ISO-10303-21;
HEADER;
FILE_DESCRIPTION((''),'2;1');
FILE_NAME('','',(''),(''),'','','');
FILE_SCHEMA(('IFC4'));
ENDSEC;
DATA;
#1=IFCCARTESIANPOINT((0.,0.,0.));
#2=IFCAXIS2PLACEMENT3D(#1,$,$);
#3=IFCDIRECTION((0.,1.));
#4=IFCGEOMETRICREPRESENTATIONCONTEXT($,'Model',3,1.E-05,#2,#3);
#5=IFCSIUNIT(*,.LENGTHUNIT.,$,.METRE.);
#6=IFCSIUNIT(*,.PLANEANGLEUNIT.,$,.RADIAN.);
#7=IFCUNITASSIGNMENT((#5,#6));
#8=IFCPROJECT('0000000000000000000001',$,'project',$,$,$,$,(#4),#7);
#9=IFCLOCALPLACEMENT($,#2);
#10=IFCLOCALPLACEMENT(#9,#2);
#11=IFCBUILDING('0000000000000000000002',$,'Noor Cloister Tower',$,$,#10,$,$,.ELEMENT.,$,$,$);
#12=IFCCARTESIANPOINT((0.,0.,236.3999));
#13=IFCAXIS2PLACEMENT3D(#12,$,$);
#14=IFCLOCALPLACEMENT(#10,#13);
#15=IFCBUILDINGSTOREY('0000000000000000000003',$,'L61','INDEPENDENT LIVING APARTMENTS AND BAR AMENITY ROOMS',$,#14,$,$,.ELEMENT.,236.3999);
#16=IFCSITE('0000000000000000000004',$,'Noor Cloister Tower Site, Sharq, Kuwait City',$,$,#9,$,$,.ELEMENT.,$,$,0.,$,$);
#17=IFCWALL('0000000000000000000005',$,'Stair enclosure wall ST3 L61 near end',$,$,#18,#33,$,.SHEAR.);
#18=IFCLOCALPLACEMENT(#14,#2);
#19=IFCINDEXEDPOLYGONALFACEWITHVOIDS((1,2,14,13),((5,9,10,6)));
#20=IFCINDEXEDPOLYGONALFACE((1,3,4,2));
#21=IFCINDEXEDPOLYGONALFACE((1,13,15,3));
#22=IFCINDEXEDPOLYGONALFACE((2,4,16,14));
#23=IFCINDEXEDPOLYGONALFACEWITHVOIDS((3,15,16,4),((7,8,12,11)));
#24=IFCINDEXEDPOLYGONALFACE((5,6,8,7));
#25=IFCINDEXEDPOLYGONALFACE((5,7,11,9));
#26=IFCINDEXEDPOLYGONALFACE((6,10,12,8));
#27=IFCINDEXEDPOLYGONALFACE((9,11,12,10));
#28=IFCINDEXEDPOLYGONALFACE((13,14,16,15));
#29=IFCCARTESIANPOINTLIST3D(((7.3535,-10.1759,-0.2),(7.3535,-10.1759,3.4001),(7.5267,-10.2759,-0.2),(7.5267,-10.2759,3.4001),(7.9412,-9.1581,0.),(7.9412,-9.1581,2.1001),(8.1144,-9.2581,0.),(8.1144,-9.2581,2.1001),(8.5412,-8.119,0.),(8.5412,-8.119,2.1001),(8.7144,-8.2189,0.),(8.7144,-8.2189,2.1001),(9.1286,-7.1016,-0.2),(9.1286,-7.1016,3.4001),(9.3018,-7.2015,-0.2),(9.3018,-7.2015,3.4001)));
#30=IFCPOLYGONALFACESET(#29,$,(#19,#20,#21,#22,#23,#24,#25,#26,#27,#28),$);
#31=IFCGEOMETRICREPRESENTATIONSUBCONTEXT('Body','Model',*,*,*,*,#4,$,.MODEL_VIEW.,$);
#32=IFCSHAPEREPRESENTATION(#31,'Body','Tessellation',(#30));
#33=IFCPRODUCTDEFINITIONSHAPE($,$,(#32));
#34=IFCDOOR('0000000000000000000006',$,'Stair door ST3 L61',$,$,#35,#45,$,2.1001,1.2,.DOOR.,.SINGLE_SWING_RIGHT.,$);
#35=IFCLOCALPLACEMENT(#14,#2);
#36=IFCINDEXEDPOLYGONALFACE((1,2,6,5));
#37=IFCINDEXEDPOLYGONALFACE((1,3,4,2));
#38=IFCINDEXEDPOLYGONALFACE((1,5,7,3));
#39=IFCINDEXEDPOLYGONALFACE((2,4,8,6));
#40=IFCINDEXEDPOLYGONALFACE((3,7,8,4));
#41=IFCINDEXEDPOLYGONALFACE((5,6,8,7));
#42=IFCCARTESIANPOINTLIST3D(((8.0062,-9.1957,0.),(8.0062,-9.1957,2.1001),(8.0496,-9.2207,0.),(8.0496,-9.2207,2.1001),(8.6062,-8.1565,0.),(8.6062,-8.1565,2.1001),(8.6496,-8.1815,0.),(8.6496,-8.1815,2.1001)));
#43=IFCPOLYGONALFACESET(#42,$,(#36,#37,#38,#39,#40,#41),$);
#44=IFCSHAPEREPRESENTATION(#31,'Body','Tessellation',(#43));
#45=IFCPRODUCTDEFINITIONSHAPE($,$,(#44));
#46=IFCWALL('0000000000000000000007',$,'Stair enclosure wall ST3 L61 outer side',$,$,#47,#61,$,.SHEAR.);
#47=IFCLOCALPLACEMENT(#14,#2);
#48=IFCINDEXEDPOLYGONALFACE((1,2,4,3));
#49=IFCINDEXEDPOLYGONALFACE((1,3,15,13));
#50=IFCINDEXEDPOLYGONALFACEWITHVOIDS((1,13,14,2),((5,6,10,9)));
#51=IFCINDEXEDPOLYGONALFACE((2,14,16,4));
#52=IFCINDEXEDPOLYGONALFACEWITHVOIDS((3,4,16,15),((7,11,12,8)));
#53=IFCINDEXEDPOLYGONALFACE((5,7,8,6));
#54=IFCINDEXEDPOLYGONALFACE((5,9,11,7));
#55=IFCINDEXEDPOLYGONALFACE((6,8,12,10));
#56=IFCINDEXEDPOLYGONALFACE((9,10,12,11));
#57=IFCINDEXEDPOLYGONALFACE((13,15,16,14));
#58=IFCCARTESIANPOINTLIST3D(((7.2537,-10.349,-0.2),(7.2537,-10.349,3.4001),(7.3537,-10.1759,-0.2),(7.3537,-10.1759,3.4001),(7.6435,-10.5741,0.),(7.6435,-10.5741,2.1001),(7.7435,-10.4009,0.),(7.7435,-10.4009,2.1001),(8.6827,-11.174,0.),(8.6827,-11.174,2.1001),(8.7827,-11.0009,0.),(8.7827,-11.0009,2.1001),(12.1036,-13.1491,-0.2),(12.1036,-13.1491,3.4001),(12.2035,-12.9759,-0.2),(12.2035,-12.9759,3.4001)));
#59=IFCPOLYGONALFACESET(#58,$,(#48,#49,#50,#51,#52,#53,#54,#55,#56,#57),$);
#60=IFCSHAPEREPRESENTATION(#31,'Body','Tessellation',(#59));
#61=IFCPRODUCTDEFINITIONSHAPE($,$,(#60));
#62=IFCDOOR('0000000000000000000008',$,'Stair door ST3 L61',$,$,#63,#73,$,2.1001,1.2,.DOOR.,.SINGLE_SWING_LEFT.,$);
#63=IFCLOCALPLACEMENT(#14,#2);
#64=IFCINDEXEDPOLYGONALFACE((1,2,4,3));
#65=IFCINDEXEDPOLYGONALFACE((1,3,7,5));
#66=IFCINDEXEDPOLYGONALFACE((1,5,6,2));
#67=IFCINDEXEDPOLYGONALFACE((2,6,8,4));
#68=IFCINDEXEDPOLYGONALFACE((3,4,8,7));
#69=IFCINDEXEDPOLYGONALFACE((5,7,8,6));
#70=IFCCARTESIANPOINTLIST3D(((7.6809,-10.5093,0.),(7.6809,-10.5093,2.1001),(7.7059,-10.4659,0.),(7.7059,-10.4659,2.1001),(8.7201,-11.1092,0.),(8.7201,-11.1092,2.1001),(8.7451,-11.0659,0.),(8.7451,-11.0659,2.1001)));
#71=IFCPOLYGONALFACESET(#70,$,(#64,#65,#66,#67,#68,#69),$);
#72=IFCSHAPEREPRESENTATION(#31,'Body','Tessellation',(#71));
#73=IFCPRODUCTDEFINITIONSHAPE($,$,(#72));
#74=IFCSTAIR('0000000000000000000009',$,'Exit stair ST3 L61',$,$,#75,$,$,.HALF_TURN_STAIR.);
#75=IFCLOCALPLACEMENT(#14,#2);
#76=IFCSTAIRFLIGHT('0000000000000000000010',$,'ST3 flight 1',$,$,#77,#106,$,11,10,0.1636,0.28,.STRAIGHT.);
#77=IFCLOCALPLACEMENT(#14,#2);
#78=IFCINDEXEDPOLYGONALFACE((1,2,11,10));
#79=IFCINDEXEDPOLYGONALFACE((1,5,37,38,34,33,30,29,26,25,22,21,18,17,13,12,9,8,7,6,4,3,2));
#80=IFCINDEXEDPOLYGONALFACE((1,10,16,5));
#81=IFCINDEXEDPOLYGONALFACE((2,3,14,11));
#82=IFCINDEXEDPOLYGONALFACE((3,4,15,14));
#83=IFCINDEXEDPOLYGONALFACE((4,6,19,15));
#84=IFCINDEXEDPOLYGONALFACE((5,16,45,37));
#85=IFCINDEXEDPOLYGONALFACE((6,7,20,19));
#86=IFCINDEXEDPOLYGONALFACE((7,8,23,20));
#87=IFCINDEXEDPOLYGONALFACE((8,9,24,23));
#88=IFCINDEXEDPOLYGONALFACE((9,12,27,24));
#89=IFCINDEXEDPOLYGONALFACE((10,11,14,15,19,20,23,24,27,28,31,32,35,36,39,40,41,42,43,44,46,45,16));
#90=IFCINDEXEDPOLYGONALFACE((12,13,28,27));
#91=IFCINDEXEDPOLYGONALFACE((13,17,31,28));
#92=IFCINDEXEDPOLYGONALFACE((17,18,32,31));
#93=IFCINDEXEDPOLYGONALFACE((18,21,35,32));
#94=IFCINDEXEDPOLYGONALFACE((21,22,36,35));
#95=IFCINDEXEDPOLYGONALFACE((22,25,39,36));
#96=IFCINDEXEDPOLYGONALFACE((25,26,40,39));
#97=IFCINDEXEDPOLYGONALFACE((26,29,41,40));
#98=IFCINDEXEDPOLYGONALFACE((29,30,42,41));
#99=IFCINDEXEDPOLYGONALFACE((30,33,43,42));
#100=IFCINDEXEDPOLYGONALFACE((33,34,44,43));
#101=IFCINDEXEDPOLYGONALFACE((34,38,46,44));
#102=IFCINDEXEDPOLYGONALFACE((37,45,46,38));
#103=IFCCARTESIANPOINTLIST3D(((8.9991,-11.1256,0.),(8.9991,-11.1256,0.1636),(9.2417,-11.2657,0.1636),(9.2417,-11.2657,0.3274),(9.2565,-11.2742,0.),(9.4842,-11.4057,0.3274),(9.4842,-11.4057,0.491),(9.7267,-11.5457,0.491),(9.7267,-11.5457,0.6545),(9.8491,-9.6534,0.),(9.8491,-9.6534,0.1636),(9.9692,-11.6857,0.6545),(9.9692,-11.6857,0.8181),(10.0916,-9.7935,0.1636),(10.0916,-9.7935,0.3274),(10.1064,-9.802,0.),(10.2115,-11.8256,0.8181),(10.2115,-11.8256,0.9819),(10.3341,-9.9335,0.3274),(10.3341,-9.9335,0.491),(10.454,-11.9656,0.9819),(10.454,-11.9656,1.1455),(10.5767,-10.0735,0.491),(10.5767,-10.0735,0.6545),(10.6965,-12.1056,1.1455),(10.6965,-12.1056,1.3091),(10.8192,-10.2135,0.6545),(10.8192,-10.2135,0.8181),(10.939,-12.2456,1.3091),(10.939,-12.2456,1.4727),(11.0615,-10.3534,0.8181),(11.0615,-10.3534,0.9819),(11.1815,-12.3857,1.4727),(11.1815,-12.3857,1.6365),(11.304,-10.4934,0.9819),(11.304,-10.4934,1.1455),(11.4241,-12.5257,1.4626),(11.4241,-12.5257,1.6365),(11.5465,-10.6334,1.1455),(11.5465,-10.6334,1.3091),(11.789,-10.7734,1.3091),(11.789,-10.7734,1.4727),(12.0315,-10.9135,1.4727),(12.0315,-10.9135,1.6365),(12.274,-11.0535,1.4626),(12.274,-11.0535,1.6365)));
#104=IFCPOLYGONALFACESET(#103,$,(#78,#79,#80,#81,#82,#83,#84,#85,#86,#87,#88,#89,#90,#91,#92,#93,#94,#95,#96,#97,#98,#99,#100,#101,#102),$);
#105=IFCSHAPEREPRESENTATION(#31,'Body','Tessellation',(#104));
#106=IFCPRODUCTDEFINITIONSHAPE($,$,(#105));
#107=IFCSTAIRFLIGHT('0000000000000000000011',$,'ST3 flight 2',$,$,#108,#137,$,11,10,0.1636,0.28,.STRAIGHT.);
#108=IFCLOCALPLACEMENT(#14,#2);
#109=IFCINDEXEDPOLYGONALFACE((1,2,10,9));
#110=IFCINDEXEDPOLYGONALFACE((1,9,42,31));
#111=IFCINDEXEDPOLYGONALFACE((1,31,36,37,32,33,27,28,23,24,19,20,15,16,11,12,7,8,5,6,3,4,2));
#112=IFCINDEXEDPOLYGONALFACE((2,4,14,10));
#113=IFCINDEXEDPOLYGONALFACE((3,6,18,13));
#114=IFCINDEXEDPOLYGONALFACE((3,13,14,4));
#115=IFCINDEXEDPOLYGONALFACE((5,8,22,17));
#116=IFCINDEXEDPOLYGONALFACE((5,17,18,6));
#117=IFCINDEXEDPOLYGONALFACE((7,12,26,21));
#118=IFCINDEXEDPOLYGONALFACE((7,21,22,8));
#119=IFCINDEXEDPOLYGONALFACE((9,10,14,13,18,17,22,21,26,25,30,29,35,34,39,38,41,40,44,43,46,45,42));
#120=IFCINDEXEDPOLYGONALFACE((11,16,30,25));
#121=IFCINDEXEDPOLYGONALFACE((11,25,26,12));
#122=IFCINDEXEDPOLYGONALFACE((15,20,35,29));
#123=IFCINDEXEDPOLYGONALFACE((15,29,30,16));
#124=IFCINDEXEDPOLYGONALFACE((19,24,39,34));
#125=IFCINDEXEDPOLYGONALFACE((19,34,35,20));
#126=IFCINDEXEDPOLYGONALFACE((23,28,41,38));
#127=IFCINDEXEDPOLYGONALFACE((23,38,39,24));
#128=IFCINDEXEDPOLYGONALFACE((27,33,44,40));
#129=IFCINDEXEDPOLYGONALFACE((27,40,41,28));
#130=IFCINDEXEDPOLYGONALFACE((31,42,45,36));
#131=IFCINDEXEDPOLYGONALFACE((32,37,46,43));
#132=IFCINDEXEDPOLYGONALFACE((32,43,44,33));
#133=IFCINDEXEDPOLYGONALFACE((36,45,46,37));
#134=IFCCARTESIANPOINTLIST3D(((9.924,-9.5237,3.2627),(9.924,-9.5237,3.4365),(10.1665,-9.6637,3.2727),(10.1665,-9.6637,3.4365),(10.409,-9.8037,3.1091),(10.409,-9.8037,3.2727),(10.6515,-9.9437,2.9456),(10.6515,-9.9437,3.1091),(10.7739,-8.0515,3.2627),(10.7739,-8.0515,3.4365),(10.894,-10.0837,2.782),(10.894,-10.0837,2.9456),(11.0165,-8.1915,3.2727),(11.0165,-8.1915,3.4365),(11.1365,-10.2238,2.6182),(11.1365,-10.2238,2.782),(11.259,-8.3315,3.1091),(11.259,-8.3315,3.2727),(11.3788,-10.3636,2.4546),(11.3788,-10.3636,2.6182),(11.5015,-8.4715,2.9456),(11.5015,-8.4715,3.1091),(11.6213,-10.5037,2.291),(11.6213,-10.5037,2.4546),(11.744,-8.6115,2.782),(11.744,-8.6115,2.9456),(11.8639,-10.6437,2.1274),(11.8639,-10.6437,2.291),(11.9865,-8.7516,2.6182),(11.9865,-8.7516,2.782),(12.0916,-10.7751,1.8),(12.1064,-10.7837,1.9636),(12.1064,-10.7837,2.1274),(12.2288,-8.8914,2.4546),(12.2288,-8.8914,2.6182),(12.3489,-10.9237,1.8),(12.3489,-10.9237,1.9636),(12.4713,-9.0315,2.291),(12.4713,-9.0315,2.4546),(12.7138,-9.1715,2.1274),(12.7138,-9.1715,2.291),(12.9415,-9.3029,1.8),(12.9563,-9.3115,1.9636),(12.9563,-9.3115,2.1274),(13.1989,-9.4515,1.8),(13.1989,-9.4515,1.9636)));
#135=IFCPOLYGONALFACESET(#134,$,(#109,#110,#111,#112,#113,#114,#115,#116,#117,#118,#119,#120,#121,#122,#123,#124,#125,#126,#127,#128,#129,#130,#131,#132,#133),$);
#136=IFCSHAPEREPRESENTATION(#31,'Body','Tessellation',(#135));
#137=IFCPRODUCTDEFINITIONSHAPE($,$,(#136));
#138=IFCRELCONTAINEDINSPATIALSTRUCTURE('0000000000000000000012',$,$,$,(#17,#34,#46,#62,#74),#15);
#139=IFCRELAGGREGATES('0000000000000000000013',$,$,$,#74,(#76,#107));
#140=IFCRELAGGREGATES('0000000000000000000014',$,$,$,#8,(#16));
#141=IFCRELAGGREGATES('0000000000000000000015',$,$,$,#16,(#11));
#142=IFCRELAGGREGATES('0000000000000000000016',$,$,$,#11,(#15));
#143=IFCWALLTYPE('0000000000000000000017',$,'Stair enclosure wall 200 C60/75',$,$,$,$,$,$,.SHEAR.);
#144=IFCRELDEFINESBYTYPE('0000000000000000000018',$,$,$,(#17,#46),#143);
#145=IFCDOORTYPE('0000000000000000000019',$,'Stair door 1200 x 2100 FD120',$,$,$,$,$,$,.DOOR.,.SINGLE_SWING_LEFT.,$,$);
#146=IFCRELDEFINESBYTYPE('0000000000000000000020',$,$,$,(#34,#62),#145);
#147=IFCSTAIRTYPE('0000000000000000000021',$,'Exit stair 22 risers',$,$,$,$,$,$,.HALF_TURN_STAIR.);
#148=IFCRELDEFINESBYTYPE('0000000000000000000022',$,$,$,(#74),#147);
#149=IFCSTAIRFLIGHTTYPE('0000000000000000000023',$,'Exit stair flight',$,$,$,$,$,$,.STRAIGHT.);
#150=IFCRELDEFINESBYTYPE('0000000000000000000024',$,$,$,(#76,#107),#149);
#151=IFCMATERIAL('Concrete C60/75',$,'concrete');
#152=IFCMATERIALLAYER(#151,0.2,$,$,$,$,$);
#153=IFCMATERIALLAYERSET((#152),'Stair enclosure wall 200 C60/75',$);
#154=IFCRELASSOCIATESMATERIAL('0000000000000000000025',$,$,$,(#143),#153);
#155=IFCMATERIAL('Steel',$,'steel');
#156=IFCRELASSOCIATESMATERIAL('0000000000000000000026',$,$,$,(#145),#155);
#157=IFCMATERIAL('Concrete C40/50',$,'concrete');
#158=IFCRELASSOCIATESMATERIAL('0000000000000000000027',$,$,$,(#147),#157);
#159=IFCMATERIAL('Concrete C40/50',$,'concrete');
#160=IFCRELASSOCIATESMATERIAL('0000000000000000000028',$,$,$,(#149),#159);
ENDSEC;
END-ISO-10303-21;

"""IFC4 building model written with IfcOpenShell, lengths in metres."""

from ifc_helpers import new_model, si_unit, direction, frame, frame_2d, origin, place, context, subcontext, project, spatial, polyline, rectangle, outline, extrude, material, layer, layer_set, type_object, element, fill, aggregate, save


model = new_model("IFC4")

# Units and contexts
model_context = context("Model", 3, precision=1e-05, world=origin(), true_north=direction((0.0, 1.0)))
body_context = subcontext(model_context, "Body", "Model", "MODEL_VIEW")
ifc_project = project(units=[si_unit("LENGTHUNIT", "METRE"), si_unit("PLANEANGLEUNIT", "RADIAN")], contexts=[model_context])

# Site, building, storey
site_placement = place(None, origin())
site = spatial("IfcSite", under=ifc_project, at=site_placement, Name="Noor Cloister Tower Site, Sharq, Kuwait City", CompositionType="ELEMENT", RefElevation=0.0)
building_placement = place(site_placement, origin())
building = spatial("IfcBuilding", under=site, at=building_placement, Name="Noor Cloister Tower", CompositionType="ELEMENT")
storey_placement = place(building_placement, frame((0.0, 0.0, 236.3999)))
storey = spatial("IfcBuildingStorey", under=building, at=storey_placement, Name="L61", Description="INDEPENDENT LIVING APARTMENTS AND BAR AMENITY ROOMS", CompositionType="ELEMENT", Elevation=236.3999)

# Walls, openings, doors
ifc_material_1 = material(Name="Concrete C60/75", Category="concrete")
ifc_layer_1 = layer(ifc_material_1, 0.2)
ifc_layer_set_1 = layer_set([ifc_layer_1], Name="Stair enclosure wall 200 C60/75")
wall_type_1 = type_object("IfcWallType", Name="Stair enclosure wall 200 C60/75", PredefinedType="SHEAR", material=ifc_layer_set_1)
wall_1_placement = place(storey_placement, frame((7.4402, -10.2258, -0.2), z_axis=(0.0, 0.0, 1.0), x_axis=(0.500022, 0.866013, 0.0)))
wall_1 = element("IfcWall", 1, at=wall_1_placement, inside=storey, type_object=wall_type_1, Name="Stair enclosure wall ST3 L61 near end", PredefinedType="SHEAR", context=body_context, shape_type="SweptSolid", body=[
    extrude(rectangle(XDim=3.55, YDim=0.2, at=frame_2d((1.7749, 0.0))), origin(), (0.0, 0.0, 1.0), 3.6001),
])
opening_1_placement = place(wall_1_placement, frame((1.175, 0.0, 0.2)))
opening_1 = element("IfcOpeningElement", 2, at=opening_1_placement, cuts=wall_1, PredefinedType="OPENING", context=body_context, shape_type="SweptSolid", body=[
    extrude(rectangle(XDim=1.2, YDim=2.1001, at=frame_2d((0.6001, 1.05))), frame((0.0, 0.1099, 0.0), z_axis=(0.0, -1.0, 0.0), x_axis=(1.0, 0.0, 0.0)), (0.0, 0.0, 1.0), 0.22),
])
ifc_material_2 = material(Name="Steel", Category="steel")
door_type_1 = type_object("IfcDoorType", Name="Stair door 1200 x 2100 FD120", OperationType="SINGLE_SWING_LEFT", PredefinedType="DOOR", material=ifc_material_2)
door_1_placement = place(opening_1_placement, origin())
door_1 = element("IfcDoor", 3, at=door_1_placement, inside=storey, type_object=door_type_1, Name="Stair door ST3 L61", OperationType="SINGLE_SWING_RIGHT", OverallHeight=2.1001, OverallWidth=1.2, PredefinedType="DOOR", context=body_context, shape_type="SweptSolid", body=[
    extrude(rectangle(XDim=1.2, YDim=2.1001, at=frame_2d((0.6001, 1.05))), frame((0.0, 0.0249, 0.0), z_axis=(0.0, -1.0, 0.0), x_axis=(1.0, 0.0, 0.0)), (0.0, 0.0, 1.0), 0.05),
])
fill(opening_1, door_1)
wall_2_placement = place(storey_placement, frame((7.3037, -10.2625, -0.2), z_axis=(0.0, 0.0, 1.0), x_axis=(0.866027, -0.499998, 0.0)))
wall_2 = element("IfcWall", 4, at=wall_2_placement, inside=storey, type_object=wall_type_1, Name="Stair enclosure wall ST3 L61 outer side", PredefinedType="SHEAR", context=body_context, shape_type="SweptSolid", body=[
    extrude(rectangle(XDim=5.6001, YDim=0.2, at=frame_2d((2.8, 0.0))), origin(), (0.0, 0.0, 1.0), 3.6001),
])
opening_2_placement = place(wall_2_placement, frame((0.45, 0.0, 0.2)))
opening_2 = element("IfcOpeningElement", 5, at=opening_2_placement, cuts=wall_2, PredefinedType="OPENING", context=body_context, shape_type="SweptSolid", body=[
    extrude(rectangle(XDim=1.2, YDim=2.1001, at=frame_2d((0.6001, 1.05))), frame((0.0, 0.1099, 0.0), z_axis=(0.0, -1.0, 0.0), x_axis=(1.0, 0.0, 0.0)), (0.0, 0.0, 1.0), 0.22),
])
door_2_placement = place(opening_2_placement, origin())
door_2 = element("IfcDoor", 6, at=door_2_placement, inside=storey, type_object=door_type_1, Name="Stair door ST3 L61", OperationType="SINGLE_SWING_LEFT", OverallHeight=2.1001, OverallWidth=1.2, PredefinedType="DOOR", context=body_context, shape_type="SweptSolid", body=[
    extrude(rectangle(XDim=1.2, YDim=2.1001, at=frame_2d((0.6001, 1.05))), frame((0.0, 0.0249, 0.0), z_axis=(0.0, -1.0, 0.0), x_axis=(1.0, 0.0, 0.0)), (0.0, 0.0, 1.0), 0.05),
])
fill(opening_2, door_2)

# Stair, stair flights
ifc_material_3 = material(Name="Concrete C40/50", Category="concrete")
stair_type = type_object("IfcStairType", Name="Exit stair 22 risers", PredefinedType="HALF_TURN_STAIR", material=ifc_material_3)
stair_placement = place(storey_placement, origin())
stair = element("IfcStair", 7, at=stair_placement, inside=storey, type_object=stair_type, Name="Exit stair ST3 L61", PredefinedType="HALF_TURN_STAIR")
ifc_material_4 = material(Name="Concrete C40/50", Category="concrete")
stair_flight_type = type_object("IfcStairFlightType", Name="Exit stair flight", PredefinedType="STRAIGHT", material=ifc_material_4)
stair_flight_1_placement = place(storey_placement, frame((9.4241, -10.3896, 0.0), z_axis=(0.0, 0.0, 1.0), x_axis=(0.866025, -0.5, 0.0)))
stair_flight_1 = element("IfcStairFlight", 8, at=stair_flight_1_placement, type_object=stair_flight_type, Name="ST3 flight 1", NumberOfRisers=11, NumberOfTreads=10, PredefinedType="STRAIGHT", RiserHeight=0.1636, TreadLength=0.28, context=body_context, shape_type="SweptSolid", body=[
    extrude(outline(polyline([(0.0, 0.0), (0.0, 0.1636), (0.28, 0.1636), (0.28, 0.3274), (0.5601, 0.3274), (0.5601, 0.491), (0.8401, 0.491), (0.8401, 0.6545), (1.1201, 0.6545), (1.1201, 0.8181), (1.3999, 0.8181), (1.3999, 0.9819), (1.6799, 0.9819), (1.6799, 1.1455), (1.96, 1.1455), (1.96, 1.3091), (2.24, 1.3091), (2.24, 1.4727), (2.52, 1.4727), (2.52, 1.6365), (2.8, 1.6365), (2.8, 1.8), (2.8, 1.4626), (0.2971, 0.0), (0.0, 0.0)])), frame((0.0, 0.8501, 0.0), z_axis=(0.0, -1.0, 0.0), x_axis=(1.0, 0.0, 0.0)), (0.0, 0.0, 1.0), 1.7),
])
stair_flight_2_placement = place(storey_placement, frame((12.7739, -10.1875, 1.8), z_axis=(0.0, 0.0, 1.0), x_axis=(-0.866025, 0.5, 0.0)))
stair_flight_2 = element("IfcStairFlight", 9, at=stair_flight_2_placement, type_object=stair_flight_type, Name="ST3 flight 2", NumberOfRisers=11, NumberOfTreads=10, PredefinedType="STRAIGHT", RiserHeight=0.1636, TreadLength=0.28, context=body_context, shape_type="SweptSolid", body=[
    extrude(outline(polyline([(0.0, 0.0), (0.0, 0.1636), (0.28, 0.1636), (0.28, 0.3274), (0.5601, 0.3274), (0.5601, 0.491), (0.8401, 0.491), (0.8401, 0.6545), (1.1201, 0.6545), (1.1201, 0.8181), (1.3999, 0.8181), (1.3999, 0.9819), (1.6799, 0.9819), (1.6799, 1.1455), (1.96, 1.1455), (1.96, 1.3091), (2.24, 1.3091), (2.24, 1.4727), (2.52, 1.4727), (2.52, 1.6365), (2.8, 1.6365), (2.8, 1.8), (2.8, 1.4626), (0.2971, 0.0), (0.0, 0.0)])), frame((0.0, 0.8501, 0.0), z_axis=(0.0, -1.0, 0.0), x_axis=(1.0, 0.0, 0.0)), (0.0, 0.0, 1.0), 1.7),
])
aggregate(stair, [stair_flight_1, stair_flight_2])

save(model, "model.ifc")
